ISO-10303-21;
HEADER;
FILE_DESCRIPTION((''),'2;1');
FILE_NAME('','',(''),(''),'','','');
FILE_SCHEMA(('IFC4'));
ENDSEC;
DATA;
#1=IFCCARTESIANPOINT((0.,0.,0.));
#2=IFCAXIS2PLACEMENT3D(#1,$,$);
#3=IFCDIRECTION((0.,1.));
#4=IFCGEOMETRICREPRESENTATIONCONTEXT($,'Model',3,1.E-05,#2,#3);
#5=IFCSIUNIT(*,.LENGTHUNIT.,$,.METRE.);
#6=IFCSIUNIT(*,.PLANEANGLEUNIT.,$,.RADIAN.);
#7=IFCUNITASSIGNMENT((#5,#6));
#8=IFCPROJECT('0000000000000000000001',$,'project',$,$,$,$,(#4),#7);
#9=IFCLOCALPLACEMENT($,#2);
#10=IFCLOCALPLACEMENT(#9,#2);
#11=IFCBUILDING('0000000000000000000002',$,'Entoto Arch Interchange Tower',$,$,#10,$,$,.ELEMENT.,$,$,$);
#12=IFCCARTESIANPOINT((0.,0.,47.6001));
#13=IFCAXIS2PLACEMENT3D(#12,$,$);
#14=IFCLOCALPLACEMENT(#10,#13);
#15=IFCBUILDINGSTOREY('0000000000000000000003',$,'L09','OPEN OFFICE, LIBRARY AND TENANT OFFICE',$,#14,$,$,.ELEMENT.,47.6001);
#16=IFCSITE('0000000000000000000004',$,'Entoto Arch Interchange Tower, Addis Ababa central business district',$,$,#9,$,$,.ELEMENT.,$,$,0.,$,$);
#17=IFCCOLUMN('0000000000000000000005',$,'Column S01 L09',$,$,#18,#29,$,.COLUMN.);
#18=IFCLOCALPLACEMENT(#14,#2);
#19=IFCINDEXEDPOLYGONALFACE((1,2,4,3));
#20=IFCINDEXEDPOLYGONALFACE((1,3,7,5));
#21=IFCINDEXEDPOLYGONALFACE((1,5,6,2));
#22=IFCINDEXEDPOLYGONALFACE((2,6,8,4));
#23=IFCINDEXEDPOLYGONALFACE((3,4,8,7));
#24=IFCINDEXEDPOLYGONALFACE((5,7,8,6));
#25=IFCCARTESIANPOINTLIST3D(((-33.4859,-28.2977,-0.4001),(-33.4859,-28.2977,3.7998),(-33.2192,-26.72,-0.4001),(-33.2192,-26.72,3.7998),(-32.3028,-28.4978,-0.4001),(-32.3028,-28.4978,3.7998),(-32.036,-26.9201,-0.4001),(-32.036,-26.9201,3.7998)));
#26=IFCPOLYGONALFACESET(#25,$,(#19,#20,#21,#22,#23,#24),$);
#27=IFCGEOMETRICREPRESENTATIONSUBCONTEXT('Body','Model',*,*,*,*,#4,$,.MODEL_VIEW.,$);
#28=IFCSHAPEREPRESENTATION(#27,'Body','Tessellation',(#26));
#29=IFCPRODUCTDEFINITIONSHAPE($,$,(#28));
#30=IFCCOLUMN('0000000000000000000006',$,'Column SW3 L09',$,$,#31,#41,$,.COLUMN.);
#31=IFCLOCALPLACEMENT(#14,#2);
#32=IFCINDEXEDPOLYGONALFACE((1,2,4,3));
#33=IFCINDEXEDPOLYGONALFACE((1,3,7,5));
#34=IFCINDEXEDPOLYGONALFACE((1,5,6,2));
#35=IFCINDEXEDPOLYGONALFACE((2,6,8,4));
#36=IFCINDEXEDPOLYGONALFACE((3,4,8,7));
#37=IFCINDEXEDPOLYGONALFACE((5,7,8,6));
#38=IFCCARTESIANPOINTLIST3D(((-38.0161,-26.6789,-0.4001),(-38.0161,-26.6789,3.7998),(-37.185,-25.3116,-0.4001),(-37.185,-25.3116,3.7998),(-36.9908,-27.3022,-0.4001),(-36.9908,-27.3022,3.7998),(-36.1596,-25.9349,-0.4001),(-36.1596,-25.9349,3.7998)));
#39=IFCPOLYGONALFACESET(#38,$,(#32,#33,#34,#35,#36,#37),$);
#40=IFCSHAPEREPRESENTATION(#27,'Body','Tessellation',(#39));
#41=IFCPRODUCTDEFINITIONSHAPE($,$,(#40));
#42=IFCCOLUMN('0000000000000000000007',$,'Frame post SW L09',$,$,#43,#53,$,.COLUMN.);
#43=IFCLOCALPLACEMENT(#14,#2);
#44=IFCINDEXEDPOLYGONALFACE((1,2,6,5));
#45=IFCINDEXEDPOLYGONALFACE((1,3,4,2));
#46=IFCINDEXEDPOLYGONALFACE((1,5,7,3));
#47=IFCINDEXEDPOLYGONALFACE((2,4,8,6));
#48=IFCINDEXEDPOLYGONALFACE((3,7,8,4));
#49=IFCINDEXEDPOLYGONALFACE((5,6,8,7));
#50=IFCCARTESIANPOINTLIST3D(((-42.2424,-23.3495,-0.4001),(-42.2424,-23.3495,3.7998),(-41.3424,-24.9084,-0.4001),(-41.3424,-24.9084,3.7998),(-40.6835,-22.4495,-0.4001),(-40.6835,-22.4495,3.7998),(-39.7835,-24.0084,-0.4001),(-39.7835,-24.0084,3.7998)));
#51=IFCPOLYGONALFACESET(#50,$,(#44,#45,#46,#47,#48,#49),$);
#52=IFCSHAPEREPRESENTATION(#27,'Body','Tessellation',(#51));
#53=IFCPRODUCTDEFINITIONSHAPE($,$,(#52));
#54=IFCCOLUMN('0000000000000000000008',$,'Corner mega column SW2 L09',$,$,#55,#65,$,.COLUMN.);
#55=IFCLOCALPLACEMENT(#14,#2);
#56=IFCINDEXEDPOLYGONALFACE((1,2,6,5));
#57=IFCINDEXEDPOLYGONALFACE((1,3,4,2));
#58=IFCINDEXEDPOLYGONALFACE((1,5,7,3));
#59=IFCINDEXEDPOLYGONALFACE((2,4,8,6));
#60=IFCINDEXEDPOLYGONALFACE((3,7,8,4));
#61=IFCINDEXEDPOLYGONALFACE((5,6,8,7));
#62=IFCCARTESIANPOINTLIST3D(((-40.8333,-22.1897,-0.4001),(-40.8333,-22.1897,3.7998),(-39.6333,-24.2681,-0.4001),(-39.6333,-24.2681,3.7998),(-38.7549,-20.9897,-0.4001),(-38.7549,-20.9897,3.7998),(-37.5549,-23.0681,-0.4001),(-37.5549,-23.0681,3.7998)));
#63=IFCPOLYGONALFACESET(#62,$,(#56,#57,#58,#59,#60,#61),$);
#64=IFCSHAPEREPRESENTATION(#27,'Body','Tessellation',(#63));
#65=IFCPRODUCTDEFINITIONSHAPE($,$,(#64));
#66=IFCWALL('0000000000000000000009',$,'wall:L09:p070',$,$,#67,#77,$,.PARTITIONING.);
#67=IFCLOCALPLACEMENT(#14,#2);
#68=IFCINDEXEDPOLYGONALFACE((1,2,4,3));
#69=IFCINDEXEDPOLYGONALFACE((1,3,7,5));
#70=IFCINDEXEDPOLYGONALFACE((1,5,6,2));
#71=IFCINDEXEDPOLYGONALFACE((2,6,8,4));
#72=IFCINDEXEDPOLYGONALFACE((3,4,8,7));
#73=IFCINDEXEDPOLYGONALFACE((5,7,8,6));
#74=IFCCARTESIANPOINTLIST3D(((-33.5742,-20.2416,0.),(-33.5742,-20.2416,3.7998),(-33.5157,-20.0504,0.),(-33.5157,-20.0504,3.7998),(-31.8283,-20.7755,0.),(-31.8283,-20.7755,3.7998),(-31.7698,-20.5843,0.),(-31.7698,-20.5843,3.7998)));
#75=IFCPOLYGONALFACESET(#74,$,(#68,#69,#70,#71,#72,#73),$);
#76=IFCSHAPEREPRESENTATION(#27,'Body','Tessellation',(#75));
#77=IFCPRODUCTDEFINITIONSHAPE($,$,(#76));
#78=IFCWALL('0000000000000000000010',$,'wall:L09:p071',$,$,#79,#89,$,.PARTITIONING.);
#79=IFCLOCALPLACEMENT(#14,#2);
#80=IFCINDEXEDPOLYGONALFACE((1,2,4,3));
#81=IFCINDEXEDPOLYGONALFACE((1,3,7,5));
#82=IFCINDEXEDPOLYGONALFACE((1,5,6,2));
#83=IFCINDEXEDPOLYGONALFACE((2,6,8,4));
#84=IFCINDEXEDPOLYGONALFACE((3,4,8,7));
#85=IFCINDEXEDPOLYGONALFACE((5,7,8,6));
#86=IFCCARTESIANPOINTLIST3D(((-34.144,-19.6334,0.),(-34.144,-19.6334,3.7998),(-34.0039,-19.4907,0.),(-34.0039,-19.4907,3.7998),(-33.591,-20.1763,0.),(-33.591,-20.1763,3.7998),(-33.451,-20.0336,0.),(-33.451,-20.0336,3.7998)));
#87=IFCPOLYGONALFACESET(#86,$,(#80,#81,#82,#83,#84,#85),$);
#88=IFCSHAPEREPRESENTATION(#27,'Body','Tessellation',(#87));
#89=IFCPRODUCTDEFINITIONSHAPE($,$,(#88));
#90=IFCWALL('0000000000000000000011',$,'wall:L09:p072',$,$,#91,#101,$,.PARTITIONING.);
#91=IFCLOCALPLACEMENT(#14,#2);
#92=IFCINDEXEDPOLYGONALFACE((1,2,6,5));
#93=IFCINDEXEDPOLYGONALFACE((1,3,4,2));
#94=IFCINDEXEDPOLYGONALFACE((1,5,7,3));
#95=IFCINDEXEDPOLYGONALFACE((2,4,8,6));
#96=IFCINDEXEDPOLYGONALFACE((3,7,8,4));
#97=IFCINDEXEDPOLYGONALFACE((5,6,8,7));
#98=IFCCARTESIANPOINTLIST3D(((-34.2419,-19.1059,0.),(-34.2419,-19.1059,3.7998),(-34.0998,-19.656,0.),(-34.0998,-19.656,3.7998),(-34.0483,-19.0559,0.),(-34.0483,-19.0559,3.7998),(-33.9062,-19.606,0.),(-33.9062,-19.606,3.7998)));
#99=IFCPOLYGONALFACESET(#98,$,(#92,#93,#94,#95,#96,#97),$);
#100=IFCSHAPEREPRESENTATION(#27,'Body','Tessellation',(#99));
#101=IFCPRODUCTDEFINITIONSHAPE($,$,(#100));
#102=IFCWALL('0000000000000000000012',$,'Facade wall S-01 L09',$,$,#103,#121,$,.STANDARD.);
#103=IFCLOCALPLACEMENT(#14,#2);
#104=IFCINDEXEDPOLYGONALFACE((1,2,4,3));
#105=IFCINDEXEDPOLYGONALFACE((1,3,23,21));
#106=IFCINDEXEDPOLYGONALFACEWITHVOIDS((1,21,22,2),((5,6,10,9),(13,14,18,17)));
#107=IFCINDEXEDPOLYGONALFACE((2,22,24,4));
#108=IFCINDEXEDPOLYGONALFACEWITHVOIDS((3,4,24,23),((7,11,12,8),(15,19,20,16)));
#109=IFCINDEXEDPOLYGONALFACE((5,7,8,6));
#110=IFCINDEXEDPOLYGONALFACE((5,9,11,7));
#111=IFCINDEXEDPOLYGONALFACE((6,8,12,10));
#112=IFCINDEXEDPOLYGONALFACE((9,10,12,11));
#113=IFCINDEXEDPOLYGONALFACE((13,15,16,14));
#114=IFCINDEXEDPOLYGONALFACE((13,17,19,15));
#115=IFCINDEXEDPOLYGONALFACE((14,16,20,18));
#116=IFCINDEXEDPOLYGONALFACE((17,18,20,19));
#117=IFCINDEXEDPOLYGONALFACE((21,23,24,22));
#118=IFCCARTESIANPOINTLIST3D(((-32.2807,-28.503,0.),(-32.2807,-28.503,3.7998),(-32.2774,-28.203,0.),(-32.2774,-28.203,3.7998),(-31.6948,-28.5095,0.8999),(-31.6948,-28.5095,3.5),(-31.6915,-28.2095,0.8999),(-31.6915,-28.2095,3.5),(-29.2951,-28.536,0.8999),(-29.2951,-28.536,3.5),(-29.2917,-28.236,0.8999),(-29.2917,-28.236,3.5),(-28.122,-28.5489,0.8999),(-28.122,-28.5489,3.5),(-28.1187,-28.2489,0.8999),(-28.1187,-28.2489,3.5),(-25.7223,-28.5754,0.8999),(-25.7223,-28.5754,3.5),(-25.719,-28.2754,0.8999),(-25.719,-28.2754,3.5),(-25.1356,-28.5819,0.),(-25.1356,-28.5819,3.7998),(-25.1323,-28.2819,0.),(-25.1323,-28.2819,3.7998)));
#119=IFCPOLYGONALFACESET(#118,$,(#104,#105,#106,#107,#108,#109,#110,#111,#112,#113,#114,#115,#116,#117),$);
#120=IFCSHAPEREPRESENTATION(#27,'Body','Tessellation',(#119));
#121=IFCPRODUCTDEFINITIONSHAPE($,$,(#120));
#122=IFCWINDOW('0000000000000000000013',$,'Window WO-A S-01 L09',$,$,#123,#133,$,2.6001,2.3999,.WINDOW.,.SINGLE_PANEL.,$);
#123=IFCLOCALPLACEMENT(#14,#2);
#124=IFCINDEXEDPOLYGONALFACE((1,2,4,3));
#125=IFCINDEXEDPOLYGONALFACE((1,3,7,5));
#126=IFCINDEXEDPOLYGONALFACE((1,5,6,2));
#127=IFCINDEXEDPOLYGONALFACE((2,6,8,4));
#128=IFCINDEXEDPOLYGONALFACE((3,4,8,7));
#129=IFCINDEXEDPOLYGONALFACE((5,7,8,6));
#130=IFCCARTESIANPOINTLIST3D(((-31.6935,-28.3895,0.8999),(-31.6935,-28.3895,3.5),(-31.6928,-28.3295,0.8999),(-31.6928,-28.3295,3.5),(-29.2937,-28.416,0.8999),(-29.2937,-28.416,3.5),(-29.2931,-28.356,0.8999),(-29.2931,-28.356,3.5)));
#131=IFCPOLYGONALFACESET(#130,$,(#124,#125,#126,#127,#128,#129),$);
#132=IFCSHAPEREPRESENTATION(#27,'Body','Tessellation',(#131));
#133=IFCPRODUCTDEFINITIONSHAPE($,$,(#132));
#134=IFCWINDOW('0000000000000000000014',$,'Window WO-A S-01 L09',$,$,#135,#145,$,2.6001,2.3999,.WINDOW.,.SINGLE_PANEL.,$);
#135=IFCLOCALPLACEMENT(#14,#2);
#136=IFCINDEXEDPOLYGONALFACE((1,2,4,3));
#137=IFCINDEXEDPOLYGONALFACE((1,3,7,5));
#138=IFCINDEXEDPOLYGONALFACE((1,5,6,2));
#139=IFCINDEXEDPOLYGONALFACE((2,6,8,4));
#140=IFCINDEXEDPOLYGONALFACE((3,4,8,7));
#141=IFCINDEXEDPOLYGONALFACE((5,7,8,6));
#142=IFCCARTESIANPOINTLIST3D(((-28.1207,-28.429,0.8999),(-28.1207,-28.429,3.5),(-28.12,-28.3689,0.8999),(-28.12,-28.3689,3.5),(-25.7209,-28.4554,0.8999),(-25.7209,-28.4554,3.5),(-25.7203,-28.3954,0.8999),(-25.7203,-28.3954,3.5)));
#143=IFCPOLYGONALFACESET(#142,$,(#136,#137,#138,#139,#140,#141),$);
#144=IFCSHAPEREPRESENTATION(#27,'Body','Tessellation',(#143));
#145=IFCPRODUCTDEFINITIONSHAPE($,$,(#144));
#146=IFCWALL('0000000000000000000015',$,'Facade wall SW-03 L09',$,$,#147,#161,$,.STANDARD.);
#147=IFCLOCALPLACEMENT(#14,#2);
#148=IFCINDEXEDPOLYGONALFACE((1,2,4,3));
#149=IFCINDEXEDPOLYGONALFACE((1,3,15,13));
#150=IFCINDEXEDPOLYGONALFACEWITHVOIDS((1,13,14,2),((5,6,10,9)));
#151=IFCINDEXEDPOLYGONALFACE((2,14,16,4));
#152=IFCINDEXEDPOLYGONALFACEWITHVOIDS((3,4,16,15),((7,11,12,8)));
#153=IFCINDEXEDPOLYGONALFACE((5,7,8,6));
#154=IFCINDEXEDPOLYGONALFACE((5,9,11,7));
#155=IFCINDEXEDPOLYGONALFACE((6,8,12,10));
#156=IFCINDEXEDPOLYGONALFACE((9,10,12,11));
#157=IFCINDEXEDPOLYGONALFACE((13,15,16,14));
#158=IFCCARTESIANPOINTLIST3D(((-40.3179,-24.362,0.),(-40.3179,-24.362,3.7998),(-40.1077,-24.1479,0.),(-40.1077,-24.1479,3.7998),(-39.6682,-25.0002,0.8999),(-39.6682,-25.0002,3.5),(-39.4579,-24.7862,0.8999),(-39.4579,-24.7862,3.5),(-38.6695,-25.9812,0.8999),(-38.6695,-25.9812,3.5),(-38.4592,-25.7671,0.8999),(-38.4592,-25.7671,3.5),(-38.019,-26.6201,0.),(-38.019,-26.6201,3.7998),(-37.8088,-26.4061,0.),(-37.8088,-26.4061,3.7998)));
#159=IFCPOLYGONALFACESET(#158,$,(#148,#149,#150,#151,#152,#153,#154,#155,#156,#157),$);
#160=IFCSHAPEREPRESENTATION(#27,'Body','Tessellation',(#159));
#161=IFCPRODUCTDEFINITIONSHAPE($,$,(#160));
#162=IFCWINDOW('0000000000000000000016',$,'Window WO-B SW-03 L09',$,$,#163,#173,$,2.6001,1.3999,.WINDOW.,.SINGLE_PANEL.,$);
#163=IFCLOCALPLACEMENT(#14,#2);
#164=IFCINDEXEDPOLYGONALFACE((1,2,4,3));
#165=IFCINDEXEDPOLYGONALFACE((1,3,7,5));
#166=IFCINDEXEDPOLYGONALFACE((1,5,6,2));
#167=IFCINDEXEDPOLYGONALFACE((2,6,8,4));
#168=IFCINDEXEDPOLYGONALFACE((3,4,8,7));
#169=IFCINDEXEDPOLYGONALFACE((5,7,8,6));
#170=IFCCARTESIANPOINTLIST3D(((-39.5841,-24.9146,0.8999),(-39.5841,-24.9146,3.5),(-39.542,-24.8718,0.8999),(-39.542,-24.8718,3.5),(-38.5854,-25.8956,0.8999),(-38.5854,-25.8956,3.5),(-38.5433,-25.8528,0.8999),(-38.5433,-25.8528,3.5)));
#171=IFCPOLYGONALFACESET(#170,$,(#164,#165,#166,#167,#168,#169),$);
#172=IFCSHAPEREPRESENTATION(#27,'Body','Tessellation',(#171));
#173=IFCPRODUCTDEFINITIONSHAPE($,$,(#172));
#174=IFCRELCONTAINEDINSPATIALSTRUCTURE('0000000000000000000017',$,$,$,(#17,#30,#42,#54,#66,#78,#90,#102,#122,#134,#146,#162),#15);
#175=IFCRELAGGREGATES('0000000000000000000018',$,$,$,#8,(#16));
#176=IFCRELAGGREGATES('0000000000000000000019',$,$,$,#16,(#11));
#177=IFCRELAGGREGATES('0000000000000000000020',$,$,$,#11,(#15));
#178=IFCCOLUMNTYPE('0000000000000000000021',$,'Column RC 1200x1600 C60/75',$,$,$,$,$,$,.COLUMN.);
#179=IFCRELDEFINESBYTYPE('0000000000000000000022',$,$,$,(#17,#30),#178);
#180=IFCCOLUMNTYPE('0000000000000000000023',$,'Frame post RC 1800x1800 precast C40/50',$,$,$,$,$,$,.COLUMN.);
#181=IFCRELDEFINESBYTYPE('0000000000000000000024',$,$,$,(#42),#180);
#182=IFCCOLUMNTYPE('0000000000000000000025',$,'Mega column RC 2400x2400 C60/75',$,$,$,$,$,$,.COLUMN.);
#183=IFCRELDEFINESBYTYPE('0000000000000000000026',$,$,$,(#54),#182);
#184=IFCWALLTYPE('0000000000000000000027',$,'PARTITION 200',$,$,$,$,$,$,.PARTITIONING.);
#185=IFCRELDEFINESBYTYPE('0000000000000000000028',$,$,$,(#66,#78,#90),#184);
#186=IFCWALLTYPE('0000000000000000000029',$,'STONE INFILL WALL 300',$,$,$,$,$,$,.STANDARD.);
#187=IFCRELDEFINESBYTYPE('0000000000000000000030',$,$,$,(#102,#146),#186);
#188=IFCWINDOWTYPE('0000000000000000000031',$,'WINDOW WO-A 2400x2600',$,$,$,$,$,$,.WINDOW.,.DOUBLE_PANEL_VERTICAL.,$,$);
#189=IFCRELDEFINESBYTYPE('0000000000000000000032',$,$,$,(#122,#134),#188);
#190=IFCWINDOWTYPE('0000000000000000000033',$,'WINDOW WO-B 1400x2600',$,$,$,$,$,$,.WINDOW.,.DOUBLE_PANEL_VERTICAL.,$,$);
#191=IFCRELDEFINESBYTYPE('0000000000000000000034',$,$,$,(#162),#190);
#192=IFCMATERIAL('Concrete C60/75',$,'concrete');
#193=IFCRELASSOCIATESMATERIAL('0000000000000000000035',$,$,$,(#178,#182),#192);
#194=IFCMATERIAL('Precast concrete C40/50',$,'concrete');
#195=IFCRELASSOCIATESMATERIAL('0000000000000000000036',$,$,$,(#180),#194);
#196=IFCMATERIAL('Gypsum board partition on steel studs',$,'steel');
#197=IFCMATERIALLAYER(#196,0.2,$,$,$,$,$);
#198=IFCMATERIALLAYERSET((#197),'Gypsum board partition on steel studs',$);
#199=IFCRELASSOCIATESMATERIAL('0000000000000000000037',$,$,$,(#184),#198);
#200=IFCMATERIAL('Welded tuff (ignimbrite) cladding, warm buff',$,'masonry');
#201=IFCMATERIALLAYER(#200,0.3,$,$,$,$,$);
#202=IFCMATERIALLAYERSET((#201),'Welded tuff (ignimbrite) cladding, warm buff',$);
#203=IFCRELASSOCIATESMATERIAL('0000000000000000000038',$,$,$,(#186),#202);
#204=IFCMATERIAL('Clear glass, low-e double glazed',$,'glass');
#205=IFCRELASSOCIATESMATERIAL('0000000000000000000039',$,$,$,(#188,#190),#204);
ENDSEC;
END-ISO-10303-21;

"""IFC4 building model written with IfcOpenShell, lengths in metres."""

from ifc_helpers import new_model, si_unit, direction, frame, frame_2d, origin, origin_2d, place, context, subcontext, project, spatial, rectangle, extrude, material, layer, layer_set, material_profile, profile_set, type_object, element, fill, save


model = new_model("IFC4")

# Units and contexts
model_context = context("Model", 3, precision=1e-05, world=origin(), true_north=direction((0.0, 1.0)))
body_context = subcontext(model_context, "Body", "Model", "MODEL_VIEW")
ifc_project = project(units=[si_unit("LENGTHUNIT", "METRE"), si_unit("PLANEANGLEUNIT", "RADIAN")], contexts=[model_context])

# Site, building, storey
site_placement = place(None, origin())
site = spatial("IfcSite", under=ifc_project, at=site_placement, Name="Entoto Arch Interchange Tower, Addis Ababa central business district", CompositionType="ELEMENT", RefElevation=0.0)
building_placement = place(site_placement, origin())
building = spatial("IfcBuilding", under=site, at=building_placement, Name="Entoto Arch Interchange Tower", CompositionType="ELEMENT")
storey_placement = place(building_placement, frame((0.0, 0.0, 47.6001)))
storey = spatial("IfcBuildingStorey", under=building, at=storey_placement, Name="L09", Description="OPEN OFFICE, LIBRARY AND TENANT OFFICE", CompositionType="ELEMENT", Elevation=47.6001)

# Columns
ifc_material_1 = material(Name="Concrete C60/75", Category="concrete")
ifc_material_profile_1 = material_profile(ifc_material_1, rectangle(XDim=1.2, YDim=1.6001, at=origin_2d()))
ifc_profile_set_1 = profile_set([ifc_material_profile_1], Name="Concrete C60/75")
column_type_1 = type_object("IfcColumnType", Name="Column RC 1200x1600 C60/75", PredefinedType="COLUMN", material=ifc_profile_set_1)
for number, where, z_axis, x_axis, name in (
    (1, (-32.761, -27.6089, -0.4001), (0.0, 0.0, 1.0), (-0.986005, 0.166717, 0.0), "Column S01 L09"),
    (2, (-37.0879, -26.3069, -0.4001), (0.0, 0.0, 1.0), (-0.854522, 0.519415, 0.0), "Column SW3 L09"),
):
    element("IfcColumn", number, at=place(storey_placement, frame(where, z_axis=z_axis, x_axis=x_axis)), inside=storey, type_object=column_type_1, Name=name, PredefinedType="COLUMN", context=body_context, shape_type="SweptSolid", body=[
        extrude(rectangle(XDim=1.2, YDim=1.6001, at=origin_2d()), origin(), (0.0, 0.0, 1.0), 4.2),
    ])
ifc_material_2 = material(Name="Precast concrete C40/50", Category="concrete")
ifc_material_profile_2 = material_profile(ifc_material_2, rectangle(XDim=1.8, YDim=1.8, at=origin_2d()))
ifc_profile_set_2 = profile_set([ifc_material_profile_2], Name="Precast concrete C40/50")
column_type_2 = type_object("IfcColumnType", Name="Frame post RC 1800x1800 precast C40/50", PredefinedType="COLUMN", material=ifc_profile_set_2)
column_1_placement = place(storey_placement, frame((-41.0129, -23.679, -0.4001), z_axis=(0.0, 0.0, 1.0), x_axis=(0.866025, 0.5, 0.0)))
element("IfcColumn", 3, at=column_1_placement, inside=storey, type_object=column_type_2, Name="Frame post SW L09", PredefinedType="COLUMN", context=body_context, shape_type="SweptSolid", body=[
    extrude(rectangle(XDim=1.8, YDim=1.8, at=origin_2d()), origin(), (0.0, 0.0, 1.0), 4.2),
])
ifc_material_profile_3 = material_profile(ifc_material_1, rectangle(XDim=2.3999, YDim=2.3999, at=origin_2d()))
ifc_profile_set_3 = profile_set([ifc_material_profile_3], Name="Concrete C60/75")
column_type_3 = type_object("IfcColumnType", Name="Mega column RC 2400x2400 C60/75", PredefinedType="COLUMN", material=ifc_profile_set_3)
column_2_placement = place(storey_placement, frame((-39.1941, -22.6289, -0.4001), z_axis=(0.0, 0.0, 1.0), x_axis=(0.866025, 0.5, 0.0)))
element("IfcColumn", 4, at=column_2_placement, inside=storey, type_object=column_type_3, Name="Corner mega column SW2 L09", PredefinedType="COLUMN", context=body_context, shape_type="SweptSolid", body=[
    extrude(rectangle(XDim=2.3999, YDim=2.3999, at=origin_2d()), origin(), (0.0, 0.0, 1.0), 4.2),
])

# Walls
ifc_material_3 = material(Name="Gypsum board partition on steel studs", Category="steel")
ifc_layer_1 = layer(ifc_material_3, 0.2)
ifc_layer_set_1 = layer_set([ifc_layer_1], Name="Gypsum board partition on steel studs")
wall_type_1 = type_object("IfcWallType", Name="PARTITION 200", PredefinedType="PARTITIONING", material=ifc_layer_set_1)
wall_1_placement = place(storey_placement, frame((-31.7991, -20.6799, 0.0), z_axis=(0.0, 0.0, 1.0), x_axis=(-0.956278, 0.29246, 0.0)))
element("IfcWall", 5, at=wall_1_placement, inside=storey, type_object=wall_type_1, Name="wall:L09:p070", PredefinedType="PARTITIONING", context=body_context, shape_type="SweptSolid", body=[
    extrude(rectangle(XDim=1.8257, YDim=0.2, at=frame_2d((0.9128, 0.0))), origin(), (0.0, 0.0, 1.0), 3.7998),
])
wall_2_placement = place(storey_placement, frame((-33.521, -20.105, 0.0), z_axis=(0.0, 0.0, 1.0), x_axis=(-0.713535, 0.700619, 0.0)))
element("IfcWall", 6, at=wall_2_placement, inside=storey, type_object=wall_type_1, Name="wall:L09:p071", PredefinedType="PARTITIONING", context=body_context, shape_type="SweptSolid", body=[
    extrude(rectangle(XDim=0.7749, YDim=0.2, at=frame_2d((0.3875, 0.0))), origin(), (0.0, 0.0, 1.0), 3.7998),
])
wall_3_placement = place(storey_placement, frame((-34.0029, -19.6311, 0.0), z_axis=(0.0, 0.0, 1.0), x_axis=(-0.250112, 0.968217, 0.0)))
element("IfcWall", 7, at=wall_3_placement, inside=storey, type_object=wall_type_1, Name="wall:L09:p072", PredefinedType="PARTITIONING", context=body_context, shape_type="SweptSolid", body=[
    extrude(rectangle(XDim=0.5681, YDim=0.2, at=frame_2d((0.2842, 0.0))), origin(), (0.0, 0.0, 1.0), 3.7998),
])

# Wall, openings, windows
ifc_material_4 = material(Name="Welded tuff (ignimbrite) cladding, warm buff", Category="masonry")
ifc_layer_2 = layer(ifc_material_4, 0.3)
ifc_layer_set_2 = layer_set([ifc_layer_2], Name="Welded tuff (ignimbrite) cladding, warm buff")
wall_type_2 = type_object("IfcWallType", Name="STONE INFILL WALL 300", PredefinedType="STANDARD", material=ifc_layer_set_2)
wall_4_placement = place(storey_placement, frame((-32.2791, -28.353, 0.0), z_axis=(0.0, 0.0, 1.0), x_axis=(0.999939, -0.011036, 0.0)))
wall_4 = element("IfcWall", 8, at=wall_4_placement, inside=storey, type_object=wall_type_2, Name="Facade wall S-01 L09", PredefinedType="STANDARD", context=body_context, shape_type="SweptSolid", body=[
    extrude(rectangle(XDim=7.1455, YDim=0.3, at=frame_2d((3.5728, 0.0))), origin(), (0.0, 0.0, 1.0), 3.7998),
])
opening_1_placement = place(wall_4_placement, frame((0.5859, 0.0, 0.8999)))
opening_1 = element("IfcOpeningElement", 9, at=opening_1_placement, cuts=wall_4, PredefinedType="OPENING", context=body_context, shape_type="SweptSolid", body=[
    extrude(rectangle(XDim=2.3999, YDim=2.6001, at=frame_2d((1.2, 1.3))), frame((0.0, 0.1602, 0.0), z_axis=(0.0, -1.0, 0.0), x_axis=(1.0, 0.0, 0.0)), (0.0, 0.0, 1.0), 0.3201),
])
opening_2_placement = place(wall_4_placement, frame((4.1589, 0.0, 0.8999)))
opening_2 = element("IfcOpeningElement", 10, at=opening_2_placement, cuts=wall_4, PredefinedType="OPENING", context=body_context, shape_type="SweptSolid", body=[
    extrude(rectangle(XDim=2.3999, YDim=2.6001, at=frame_2d((1.2, 1.3))), frame((0.0, 0.1602, 0.0), z_axis=(0.0, -1.0, 0.0), x_axis=(1.0, 0.0, 0.0)), (0.0, 0.0, 1.0), 0.3201),
])
ifc_material_5 = material(Name="Clear glass, low-e double glazed", Category="glass")
window_type_1 = type_object("IfcWindowType", Name="WINDOW WO-A 2400x2600", PartitioningType="DOUBLE_PANEL_VERTICAL", PredefinedType="WINDOW", material=ifc_material_5)
window_1_placement = place(opening_1_placement, origin())
window_1 = element("IfcWindow", 11, at=window_1_placement, inside=storey, type_object=window_type_1, Name="Window WO-A S-01 L09", OverallHeight=2.6001, OverallWidth=2.3999, PartitioningType="SINGLE_PANEL", PredefinedType="WINDOW", context=body_context, shape_type="SweptSolid", body=[
    extrude(rectangle(XDim=2.3999, YDim=2.6001, at=frame_2d((1.2, 1.3))), frame((0.0, 0.03, 0.0), z_axis=(0.0, -1.0, 0.0), x_axis=(1.0, 0.0, 0.0)), (0.0, 0.0, 1.0), 0.0601),
])
fill(opening_1, window_1)
window_2_placement = place(opening_2_placement, origin())
window_2 = element("IfcWindow", 12, at=window_2_placement, inside=storey, type_object=window_type_1, Name="Window WO-A S-01 L09", OverallHeight=2.6001, OverallWidth=2.3999, PartitioningType="SINGLE_PANEL", PredefinedType="WINDOW", context=body_context, shape_type="SweptSolid", body=[
    extrude(rectangle(XDim=2.3999, YDim=2.6001, at=frame_2d((1.2, 1.3))), frame((0.0, 0.03, 0.0), z_axis=(0.0, -1.0, 0.0), x_axis=(1.0, 0.0, 0.0)), (0.0, 0.0, 1.0), 0.0601),
])
fill(opening_2, window_2)

# Wall, opening, window
wall_5_placement = place(storey_placement, frame((-40.2129, -24.2549, 0.0), z_axis=(0.0, 0.0, 1.0), x_axis=(0.713405, -0.700752, 0.0)))
wall_5 = element("IfcWall", 13, at=wall_5_placement, inside=storey, type_object=wall_type_2, Name="Facade wall SW-03 L09", PredefinedType="STANDARD", context=body_context, shape_type="SweptSolid", body=[
    extrude(rectangle(XDim=3.2224, YDim=0.3, at=frame_2d((1.6113, 0.0))), origin(), (0.0, 0.0, 1.0), 3.7998),
])
opening_3_placement = place(wall_5_placement, frame((0.9109, 0.0, 0.8999)))
opening_3 = element("IfcOpeningElement", 14, at=opening_3_placement, cuts=wall_5, PredefinedType="OPENING", context=body_context, shape_type="SweptSolid", body=[
    extrude(rectangle(XDim=1.3999, YDim=2.6001, at=frame_2d((0.7, 1.3))), frame((0.0, 0.1602, 0.0), z_axis=(0.0, -1.0, 0.0), x_axis=(1.0, 0.0, 0.0)), (0.0, 0.0, 1.0), 0.3201),
])
window_type_2 = type_object("IfcWindowType", Name="WINDOW WO-B 1400x2600", PartitioningType="DOUBLE_PANEL_VERTICAL", PredefinedType="WINDOW", material=ifc_material_5)
window_3_placement = place(opening_3_placement, origin())
window_3 = element("IfcWindow", 15, at=window_3_placement, inside=storey, type_object=window_type_2, Name="Window WO-B SW-03 L09", OverallHeight=2.6001, OverallWidth=1.3999, PartitioningType="SINGLE_PANEL", PredefinedType="WINDOW", context=body_context, shape_type="SweptSolid", body=[
    extrude(rectangle(XDim=1.3999, YDim=2.6001, at=frame_2d((0.7, 1.3))), frame((0.0, 0.03, 0.0), z_axis=(0.0, -1.0, 0.0), x_axis=(1.0, 0.0, 0.0)), (0.0, 0.0, 1.0), 0.0601),
])
fill(opening_3, window_3)

save(model, "model.ifc")
